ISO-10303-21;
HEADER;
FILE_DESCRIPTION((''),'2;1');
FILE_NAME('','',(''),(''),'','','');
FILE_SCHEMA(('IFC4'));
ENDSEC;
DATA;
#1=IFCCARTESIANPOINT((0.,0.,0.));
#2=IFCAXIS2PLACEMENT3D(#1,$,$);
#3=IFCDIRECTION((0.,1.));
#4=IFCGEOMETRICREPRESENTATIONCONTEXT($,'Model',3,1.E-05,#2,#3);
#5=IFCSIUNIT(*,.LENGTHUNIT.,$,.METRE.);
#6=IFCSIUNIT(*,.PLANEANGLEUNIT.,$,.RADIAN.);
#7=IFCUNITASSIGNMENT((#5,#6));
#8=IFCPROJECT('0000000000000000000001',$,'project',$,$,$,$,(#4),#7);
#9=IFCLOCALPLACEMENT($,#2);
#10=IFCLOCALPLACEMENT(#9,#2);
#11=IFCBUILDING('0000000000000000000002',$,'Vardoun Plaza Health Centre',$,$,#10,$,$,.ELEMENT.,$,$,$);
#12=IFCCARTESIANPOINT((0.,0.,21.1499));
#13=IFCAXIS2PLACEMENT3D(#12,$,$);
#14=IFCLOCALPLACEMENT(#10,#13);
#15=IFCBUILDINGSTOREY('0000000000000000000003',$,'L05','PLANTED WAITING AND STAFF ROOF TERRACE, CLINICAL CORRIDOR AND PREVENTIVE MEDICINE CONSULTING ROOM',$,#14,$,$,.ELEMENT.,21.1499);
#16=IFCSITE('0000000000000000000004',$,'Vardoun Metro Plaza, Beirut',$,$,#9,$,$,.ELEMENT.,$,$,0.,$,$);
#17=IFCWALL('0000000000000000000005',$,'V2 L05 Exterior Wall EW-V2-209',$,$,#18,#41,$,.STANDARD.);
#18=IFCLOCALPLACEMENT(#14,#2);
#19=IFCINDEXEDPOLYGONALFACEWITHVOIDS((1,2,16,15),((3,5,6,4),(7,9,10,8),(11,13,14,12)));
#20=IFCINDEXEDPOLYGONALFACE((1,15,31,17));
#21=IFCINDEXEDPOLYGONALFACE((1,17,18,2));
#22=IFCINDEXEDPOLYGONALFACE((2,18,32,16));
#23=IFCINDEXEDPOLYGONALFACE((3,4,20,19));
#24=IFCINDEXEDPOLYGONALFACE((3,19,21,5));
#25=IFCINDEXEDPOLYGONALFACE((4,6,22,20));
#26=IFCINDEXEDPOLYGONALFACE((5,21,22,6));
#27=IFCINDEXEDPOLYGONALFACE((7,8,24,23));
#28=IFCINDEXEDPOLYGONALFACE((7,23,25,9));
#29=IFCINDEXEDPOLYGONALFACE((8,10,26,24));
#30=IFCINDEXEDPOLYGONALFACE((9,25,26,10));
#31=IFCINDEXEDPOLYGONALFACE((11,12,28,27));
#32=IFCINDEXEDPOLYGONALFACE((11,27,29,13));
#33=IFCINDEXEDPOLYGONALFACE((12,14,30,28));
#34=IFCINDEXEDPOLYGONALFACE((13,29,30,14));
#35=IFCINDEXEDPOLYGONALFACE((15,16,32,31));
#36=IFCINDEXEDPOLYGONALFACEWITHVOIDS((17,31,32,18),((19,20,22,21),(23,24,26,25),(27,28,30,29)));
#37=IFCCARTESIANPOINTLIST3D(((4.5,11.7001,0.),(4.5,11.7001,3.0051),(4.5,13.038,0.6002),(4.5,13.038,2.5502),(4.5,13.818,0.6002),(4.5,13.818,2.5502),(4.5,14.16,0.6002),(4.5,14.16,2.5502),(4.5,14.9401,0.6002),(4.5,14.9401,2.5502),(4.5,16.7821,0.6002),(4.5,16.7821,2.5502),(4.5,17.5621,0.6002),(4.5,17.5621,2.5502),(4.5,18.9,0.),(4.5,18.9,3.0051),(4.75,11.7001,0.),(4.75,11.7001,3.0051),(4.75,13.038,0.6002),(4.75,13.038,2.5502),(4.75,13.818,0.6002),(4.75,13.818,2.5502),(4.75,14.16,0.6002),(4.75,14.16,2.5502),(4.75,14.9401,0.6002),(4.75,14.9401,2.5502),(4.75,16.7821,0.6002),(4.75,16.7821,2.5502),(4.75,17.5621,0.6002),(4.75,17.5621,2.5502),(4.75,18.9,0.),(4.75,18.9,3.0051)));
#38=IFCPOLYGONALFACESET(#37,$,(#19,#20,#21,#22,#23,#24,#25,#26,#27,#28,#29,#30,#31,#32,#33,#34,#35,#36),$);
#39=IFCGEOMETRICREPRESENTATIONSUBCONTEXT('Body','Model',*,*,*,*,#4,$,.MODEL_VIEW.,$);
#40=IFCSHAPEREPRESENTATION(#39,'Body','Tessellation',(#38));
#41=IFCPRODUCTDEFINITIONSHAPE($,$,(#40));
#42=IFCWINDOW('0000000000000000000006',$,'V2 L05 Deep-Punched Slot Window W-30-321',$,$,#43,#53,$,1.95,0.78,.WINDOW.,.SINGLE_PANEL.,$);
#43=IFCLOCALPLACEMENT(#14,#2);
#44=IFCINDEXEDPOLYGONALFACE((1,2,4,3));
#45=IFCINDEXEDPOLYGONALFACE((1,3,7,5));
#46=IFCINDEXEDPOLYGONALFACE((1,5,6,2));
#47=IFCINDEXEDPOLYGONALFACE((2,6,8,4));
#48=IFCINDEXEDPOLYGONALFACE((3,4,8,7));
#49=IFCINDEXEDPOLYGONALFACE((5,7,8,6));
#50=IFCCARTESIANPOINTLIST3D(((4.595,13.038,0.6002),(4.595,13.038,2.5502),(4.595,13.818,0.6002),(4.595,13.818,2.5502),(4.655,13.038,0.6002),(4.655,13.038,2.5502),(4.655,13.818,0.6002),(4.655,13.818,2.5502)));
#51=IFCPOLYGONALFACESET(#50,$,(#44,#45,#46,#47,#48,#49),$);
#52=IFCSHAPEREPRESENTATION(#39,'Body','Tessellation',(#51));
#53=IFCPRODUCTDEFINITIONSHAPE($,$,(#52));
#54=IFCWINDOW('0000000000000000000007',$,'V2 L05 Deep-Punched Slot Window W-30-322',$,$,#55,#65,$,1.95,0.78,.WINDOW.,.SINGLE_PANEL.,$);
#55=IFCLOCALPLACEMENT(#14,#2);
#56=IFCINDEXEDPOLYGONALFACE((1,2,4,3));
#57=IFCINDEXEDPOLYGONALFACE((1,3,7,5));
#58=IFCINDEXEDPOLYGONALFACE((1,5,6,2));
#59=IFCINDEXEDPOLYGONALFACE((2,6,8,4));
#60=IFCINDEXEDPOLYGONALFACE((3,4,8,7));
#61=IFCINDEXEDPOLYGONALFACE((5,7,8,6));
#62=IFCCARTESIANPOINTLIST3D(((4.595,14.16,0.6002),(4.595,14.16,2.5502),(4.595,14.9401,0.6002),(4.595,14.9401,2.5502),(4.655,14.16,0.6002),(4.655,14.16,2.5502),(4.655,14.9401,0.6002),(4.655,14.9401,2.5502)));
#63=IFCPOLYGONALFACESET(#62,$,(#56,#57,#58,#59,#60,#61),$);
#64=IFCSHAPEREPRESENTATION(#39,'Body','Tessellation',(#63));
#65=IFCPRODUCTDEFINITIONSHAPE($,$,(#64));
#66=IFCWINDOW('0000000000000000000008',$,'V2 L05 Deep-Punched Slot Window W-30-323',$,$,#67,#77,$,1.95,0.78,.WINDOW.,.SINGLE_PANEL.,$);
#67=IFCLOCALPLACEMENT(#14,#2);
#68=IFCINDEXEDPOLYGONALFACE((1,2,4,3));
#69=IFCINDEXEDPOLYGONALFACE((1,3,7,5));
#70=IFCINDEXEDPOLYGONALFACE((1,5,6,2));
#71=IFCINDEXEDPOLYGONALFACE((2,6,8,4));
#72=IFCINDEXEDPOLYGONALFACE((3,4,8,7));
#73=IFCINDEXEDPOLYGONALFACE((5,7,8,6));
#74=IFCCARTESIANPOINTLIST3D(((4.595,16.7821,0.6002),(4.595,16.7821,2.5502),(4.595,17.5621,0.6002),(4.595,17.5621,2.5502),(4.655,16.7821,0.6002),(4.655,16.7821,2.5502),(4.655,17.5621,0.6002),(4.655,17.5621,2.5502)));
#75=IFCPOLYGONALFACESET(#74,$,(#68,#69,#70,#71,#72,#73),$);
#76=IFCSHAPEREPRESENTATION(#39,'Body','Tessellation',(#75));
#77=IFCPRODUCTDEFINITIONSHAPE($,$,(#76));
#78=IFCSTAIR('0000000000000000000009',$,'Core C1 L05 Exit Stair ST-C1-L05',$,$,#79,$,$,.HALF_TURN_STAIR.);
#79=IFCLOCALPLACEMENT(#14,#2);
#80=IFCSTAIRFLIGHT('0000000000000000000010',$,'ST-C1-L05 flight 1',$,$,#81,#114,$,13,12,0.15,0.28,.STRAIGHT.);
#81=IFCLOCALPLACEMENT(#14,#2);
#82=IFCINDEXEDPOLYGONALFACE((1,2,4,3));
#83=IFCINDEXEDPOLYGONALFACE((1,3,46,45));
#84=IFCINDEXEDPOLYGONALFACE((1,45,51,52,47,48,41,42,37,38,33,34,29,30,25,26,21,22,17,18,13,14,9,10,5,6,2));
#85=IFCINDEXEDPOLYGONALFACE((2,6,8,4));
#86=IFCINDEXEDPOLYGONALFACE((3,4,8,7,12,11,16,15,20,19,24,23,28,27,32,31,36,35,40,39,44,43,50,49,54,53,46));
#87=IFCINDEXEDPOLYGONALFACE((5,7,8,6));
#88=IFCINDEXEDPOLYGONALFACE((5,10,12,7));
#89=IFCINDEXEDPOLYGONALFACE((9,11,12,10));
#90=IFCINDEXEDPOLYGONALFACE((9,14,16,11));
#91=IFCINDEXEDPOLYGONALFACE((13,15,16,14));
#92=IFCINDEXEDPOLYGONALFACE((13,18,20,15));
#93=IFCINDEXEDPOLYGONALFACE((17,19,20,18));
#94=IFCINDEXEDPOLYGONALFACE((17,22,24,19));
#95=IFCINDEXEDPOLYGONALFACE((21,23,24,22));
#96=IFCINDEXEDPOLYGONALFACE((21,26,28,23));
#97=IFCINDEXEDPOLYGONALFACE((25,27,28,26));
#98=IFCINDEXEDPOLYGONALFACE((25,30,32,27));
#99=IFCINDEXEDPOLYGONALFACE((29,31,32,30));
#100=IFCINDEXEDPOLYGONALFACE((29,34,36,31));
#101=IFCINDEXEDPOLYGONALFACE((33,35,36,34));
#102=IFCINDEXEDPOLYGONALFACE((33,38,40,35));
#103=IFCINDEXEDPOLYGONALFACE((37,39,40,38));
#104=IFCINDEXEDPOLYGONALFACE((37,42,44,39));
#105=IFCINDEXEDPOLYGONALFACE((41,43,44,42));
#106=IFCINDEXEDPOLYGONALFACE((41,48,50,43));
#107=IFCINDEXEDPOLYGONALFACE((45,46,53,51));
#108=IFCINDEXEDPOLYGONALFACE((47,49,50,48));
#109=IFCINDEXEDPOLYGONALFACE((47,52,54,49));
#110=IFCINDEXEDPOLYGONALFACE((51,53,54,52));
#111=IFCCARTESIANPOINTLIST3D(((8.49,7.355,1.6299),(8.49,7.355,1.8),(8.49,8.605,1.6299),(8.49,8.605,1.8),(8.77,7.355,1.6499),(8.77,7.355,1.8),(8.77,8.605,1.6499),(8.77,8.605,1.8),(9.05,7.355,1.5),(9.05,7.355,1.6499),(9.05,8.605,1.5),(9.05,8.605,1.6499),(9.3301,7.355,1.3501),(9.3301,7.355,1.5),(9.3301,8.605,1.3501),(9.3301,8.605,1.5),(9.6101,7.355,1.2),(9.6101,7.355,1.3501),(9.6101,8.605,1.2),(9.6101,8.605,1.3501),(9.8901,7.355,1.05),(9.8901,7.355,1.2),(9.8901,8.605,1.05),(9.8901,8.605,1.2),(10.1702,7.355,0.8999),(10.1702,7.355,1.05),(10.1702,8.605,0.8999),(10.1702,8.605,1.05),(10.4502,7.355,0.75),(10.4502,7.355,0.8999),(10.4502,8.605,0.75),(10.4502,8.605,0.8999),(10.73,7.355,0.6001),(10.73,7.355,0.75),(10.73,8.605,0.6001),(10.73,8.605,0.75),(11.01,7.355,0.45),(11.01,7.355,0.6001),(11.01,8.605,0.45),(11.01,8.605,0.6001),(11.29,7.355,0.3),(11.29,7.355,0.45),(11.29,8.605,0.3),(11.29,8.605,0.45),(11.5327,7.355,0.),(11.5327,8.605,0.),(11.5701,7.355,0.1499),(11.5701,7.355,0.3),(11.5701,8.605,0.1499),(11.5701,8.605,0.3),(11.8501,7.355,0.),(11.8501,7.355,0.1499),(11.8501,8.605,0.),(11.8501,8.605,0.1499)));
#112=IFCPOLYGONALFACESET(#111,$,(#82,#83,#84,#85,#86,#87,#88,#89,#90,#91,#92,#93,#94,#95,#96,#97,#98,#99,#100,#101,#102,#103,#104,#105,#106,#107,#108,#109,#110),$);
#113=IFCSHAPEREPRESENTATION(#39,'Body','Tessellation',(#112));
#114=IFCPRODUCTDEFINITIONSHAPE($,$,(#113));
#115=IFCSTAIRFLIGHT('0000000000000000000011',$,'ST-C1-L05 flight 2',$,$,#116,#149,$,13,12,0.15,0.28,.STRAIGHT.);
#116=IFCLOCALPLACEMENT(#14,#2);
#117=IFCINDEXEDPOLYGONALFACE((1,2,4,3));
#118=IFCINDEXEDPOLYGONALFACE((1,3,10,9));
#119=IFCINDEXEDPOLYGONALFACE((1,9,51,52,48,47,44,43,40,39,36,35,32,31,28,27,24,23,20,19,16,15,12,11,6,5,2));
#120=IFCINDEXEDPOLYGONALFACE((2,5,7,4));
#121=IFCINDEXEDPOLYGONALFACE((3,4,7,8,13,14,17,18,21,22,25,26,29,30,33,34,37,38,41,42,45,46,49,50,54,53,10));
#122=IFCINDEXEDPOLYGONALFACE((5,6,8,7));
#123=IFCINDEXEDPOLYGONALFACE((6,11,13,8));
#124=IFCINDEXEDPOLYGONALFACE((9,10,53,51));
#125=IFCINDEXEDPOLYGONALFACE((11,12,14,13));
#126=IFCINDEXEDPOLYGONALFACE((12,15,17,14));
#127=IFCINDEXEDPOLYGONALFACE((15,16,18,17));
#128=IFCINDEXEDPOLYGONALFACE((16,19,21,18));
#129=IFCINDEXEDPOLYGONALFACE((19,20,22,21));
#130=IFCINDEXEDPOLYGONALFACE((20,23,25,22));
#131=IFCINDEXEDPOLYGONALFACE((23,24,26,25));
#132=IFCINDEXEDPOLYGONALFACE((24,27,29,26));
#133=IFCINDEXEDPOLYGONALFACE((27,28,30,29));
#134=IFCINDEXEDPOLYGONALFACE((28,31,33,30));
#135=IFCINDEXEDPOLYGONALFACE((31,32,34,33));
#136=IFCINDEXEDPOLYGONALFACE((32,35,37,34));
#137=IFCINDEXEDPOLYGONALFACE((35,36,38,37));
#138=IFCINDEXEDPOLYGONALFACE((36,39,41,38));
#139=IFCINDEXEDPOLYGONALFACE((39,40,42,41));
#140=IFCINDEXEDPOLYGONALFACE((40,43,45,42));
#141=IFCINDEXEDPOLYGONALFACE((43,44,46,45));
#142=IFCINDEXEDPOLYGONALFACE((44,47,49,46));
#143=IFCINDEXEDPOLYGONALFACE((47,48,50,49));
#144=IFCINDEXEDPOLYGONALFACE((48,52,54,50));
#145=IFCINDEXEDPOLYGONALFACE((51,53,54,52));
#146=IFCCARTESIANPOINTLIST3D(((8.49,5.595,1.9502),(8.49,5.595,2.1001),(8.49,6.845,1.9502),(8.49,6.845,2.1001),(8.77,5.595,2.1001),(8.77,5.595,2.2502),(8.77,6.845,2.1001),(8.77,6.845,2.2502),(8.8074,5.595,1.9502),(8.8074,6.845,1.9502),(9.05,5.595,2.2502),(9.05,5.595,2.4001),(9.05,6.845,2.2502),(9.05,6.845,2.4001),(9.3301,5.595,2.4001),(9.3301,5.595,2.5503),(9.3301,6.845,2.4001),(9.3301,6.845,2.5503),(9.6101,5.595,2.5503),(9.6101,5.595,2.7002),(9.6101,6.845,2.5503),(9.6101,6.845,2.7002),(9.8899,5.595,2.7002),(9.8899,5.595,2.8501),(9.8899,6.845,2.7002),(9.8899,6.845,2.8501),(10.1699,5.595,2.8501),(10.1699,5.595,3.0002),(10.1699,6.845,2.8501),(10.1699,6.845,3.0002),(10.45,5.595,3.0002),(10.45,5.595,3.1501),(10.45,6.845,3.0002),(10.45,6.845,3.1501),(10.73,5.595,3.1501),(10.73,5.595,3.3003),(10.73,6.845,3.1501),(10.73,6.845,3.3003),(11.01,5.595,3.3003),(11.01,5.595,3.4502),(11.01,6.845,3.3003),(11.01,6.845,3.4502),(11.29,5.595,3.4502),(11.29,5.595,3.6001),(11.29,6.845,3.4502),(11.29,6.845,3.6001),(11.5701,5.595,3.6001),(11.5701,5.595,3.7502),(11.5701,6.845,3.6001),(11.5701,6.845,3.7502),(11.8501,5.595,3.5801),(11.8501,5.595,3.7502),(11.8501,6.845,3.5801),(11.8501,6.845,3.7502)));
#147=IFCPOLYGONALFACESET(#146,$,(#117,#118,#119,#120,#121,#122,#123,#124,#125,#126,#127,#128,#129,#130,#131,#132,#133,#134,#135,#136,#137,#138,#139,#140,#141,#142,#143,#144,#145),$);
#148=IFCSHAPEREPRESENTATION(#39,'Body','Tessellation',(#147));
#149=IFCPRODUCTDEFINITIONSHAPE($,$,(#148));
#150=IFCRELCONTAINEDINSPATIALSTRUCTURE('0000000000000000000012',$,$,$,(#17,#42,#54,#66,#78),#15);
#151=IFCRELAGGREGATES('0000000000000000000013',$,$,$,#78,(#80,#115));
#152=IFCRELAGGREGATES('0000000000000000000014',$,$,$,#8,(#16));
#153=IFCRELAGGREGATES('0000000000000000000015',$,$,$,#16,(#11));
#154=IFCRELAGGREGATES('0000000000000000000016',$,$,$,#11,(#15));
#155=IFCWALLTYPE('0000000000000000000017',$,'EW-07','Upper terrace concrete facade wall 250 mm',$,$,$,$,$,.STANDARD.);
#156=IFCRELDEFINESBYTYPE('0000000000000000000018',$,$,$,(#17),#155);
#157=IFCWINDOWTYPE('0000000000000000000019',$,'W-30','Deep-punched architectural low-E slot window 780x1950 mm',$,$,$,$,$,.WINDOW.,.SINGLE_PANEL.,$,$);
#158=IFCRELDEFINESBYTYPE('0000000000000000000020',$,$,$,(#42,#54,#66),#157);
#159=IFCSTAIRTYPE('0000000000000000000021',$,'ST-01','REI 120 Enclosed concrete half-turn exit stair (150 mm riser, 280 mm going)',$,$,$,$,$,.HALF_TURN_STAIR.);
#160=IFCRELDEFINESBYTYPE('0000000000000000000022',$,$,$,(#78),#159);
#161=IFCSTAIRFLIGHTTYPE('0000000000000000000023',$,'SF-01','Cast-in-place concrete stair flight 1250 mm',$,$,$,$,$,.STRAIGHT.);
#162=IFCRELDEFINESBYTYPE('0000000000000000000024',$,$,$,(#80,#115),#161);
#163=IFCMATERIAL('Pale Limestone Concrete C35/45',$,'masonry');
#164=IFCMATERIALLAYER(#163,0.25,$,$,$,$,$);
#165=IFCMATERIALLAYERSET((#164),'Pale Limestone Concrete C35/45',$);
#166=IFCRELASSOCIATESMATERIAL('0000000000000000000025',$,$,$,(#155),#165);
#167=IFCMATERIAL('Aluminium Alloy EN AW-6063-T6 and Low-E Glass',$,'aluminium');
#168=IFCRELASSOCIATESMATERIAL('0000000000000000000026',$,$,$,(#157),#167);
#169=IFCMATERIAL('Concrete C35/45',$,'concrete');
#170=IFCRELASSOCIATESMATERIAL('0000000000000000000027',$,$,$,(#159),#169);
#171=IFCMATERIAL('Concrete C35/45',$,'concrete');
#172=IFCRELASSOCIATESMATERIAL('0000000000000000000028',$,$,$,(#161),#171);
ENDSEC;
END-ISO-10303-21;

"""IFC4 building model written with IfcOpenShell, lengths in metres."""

from ifc_helpers import new_model, si_unit, direction, frame, frame_2d, origin, place, context, subcontext, project, spatial, polyline, rectangle, outline, extrude, material, layer, layer_set, type_object, element, fill, aggregate, save


model = new_model("IFC4")

# Units and contexts
model_context = context("Model", 3, precision=1e-05, world=origin(), true_north=direction((0.0, 1.0)))
body_context = subcontext(model_context, "Body", "Model", "MODEL_VIEW")
ifc_project = project(units=[si_unit("LENGTHUNIT", "METRE"), si_unit("PLANEANGLEUNIT", "RADIAN")], contexts=[model_context])

# Site, building, storey
site_placement = place(None, origin())
site = spatial("IfcSite", under=ifc_project, at=site_placement, Name="Vardoun Metro Plaza, Beirut", CompositionType="ELEMENT", RefElevation=0.0)
building_placement = place(site_placement, origin())
building = spatial("IfcBuilding", under=site, at=building_placement, Name="Vardoun Plaza Health Centre", CompositionType="ELEMENT")
storey_placement = place(building_placement, frame((0.0, 0.0, 21.1499)))
storey = spatial("IfcBuildingStorey", under=building, at=storey_placement, Name="L05", Description="PLANTED WAITING AND STAFF ROOF TERRACE, CLINICAL CORRIDOR AND PREVENTIVE MEDICINE CONSULTING ROOM", CompositionType="ELEMENT", Elevation=21.1499)

# Wall, openings, windows
ifc_material_1 = material(Name="Pale Limestone Concrete C35/45", Category="masonry")
ifc_layer_1 = layer(ifc_material_1, 0.25)
ifc_layer_set_1 = layer_set([ifc_layer_1], Name="Pale Limestone Concrete C35/45")
wall_type_1 = type_object("IfcWallType", Name="EW-07", Description="Upper terrace concrete facade wall 250 mm", PredefinedType="STANDARD", material=ifc_layer_set_1)
wall_1_placement = place(storey_placement, frame((4.625, 11.7, 0.0), z_axis=(0.0, 0.0, 1.0), x_axis=(0.0, 1.0, 0.0)))
wall_1 = element("IfcWall", 1, at=wall_1_placement, inside=storey, type_object=wall_type_1, Name="V2 L05 Exterior Wall EW-V2-209", PredefinedType="STANDARD", context=body_context, shape_type="SweptSolid", body=[
    extrude(rectangle(XDim=7.2, YDim=0.25, at=frame_2d((3.6001, 0.0))), origin(), (0.0, 0.0, 1.0), 3.0051),
])
opening_1_placement = place(wall_1_placement, frame((1.3379, 0.0, 0.6001)))
opening_1 = element("IfcOpeningElement", 2, at=opening_1_placement, cuts=wall_1, PredefinedType="OPENING", context=body_context, shape_type="SweptSolid", body=[
    extrude(rectangle(XDim=0.78, YDim=1.95, at=frame_2d((0.3901, 0.9751))), frame((0.0, 0.125, 0.0), z_axis=(0.0, -1.0, 0.0), x_axis=(1.0, 0.0, 0.0)), (0.0, 0.0, 1.0), 0.25),
])
opening_2_placement = place(wall_1_placement, frame((2.46, 0.0, 0.6001)))
opening_2 = element("IfcOpeningElement", 3, at=opening_2_placement, cuts=wall_1, PredefinedType="OPENING", context=body_context, shape_type="SweptSolid", body=[
    extrude(rectangle(XDim=0.78, YDim=1.95, at=frame_2d((0.3901, 0.9751))), frame((0.0, 0.125, 0.0), z_axis=(0.0, -1.0, 0.0), x_axis=(1.0, 0.0, 0.0)), (0.0, 0.0, 1.0), 0.25),
])
opening_3_placement = place(wall_1_placement, frame((5.082, 0.0, 0.6001)))
opening_3 = element("IfcOpeningElement", 4, at=opening_3_placement, cuts=wall_1, PredefinedType="OPENING", context=body_context, shape_type="SweptSolid", body=[
    extrude(rectangle(XDim=0.78, YDim=1.95, at=frame_2d((0.3901, 0.9751))), frame((0.0, 0.125, 0.0), z_axis=(0.0, -1.0, 0.0), x_axis=(1.0, 0.0, 0.0)), (0.0, 0.0, 1.0), 0.25),
])
ifc_material_2 = material(Name="Aluminium Alloy EN AW-6063-T6 and Low-E Glass", Category="aluminium")
window_type = type_object("IfcWindowType", Name="W-30", Description="Deep-punched architectural low-E slot window 780x1950 mm", PartitioningType="SINGLE_PANEL", PredefinedType="WINDOW", material=ifc_material_2)
window_1_placement = place(opening_1_placement, origin())
window_1 = element("IfcWindow", 5, at=window_1_placement, inside=storey, type_object=window_type, Name="V2 L05 Deep-Punched Slot Window W-30-321", OverallHeight=1.95, OverallWidth=0.78, PartitioningType="SINGLE_PANEL", PredefinedType="WINDOW", context=body_context, shape_type="SweptSolid", body=[
    extrude(rectangle(XDim=0.78, YDim=1.95, at=frame_2d((0.3901, 0.9751))), frame((0.0, 0.03, 0.0), z_axis=(0.0, -1.0, 0.0), x_axis=(1.0, 0.0, 0.0)), (0.0, 0.0, 1.0), 0.0601),
])
fill(opening_1, window_1)
window_2_placement = place(opening_2_placement, origin())
window_2 = element("IfcWindow", 6, at=window_2_placement, inside=storey, type_object=window_type, Name="V2 L05 Deep-Punched Slot Window W-30-322", OverallHeight=1.95, OverallWidth=0.78, PartitioningType="SINGLE_PANEL", PredefinedType="WINDOW", context=body_context, shape_type="SweptSolid", body=[
    extrude(rectangle(XDim=0.78, YDim=1.95, at=frame_2d((0.3901, 0.9751))), frame((0.0, 0.03, 0.0), z_axis=(0.0, -1.0, 0.0), x_axis=(1.0, 0.0, 0.0)), (0.0, 0.0, 1.0), 0.0601),
])
fill(opening_2, window_2)
window_3_placement = place(opening_3_placement, origin())
window_3 = element("IfcWindow", 7, at=window_3_placement, inside=storey, type_object=window_type, Name="V2 L05 Deep-Punched Slot Window W-30-323", OverallHeight=1.95, OverallWidth=0.78, PartitioningType="SINGLE_PANEL", PredefinedType="WINDOW", context=body_context, shape_type="SweptSolid", body=[
    extrude(rectangle(XDim=0.78, YDim=1.95, at=frame_2d((0.3901, 0.9751))), frame((0.0, 0.03, 0.0), z_axis=(0.0, -1.0, 0.0), x_axis=(1.0, 0.0, 0.0)), (0.0, 0.0, 1.0), 0.0601),
])
fill(opening_3, window_3)

# Stair, stair flights
ifc_material_3 = material(Name="Concrete C35/45", Category="concrete")
stair_type = type_object("IfcStairType", Name="ST-01", Description="REI 120 Enclosed concrete half-turn exit stair (150 mm riser, 280 mm going)", PredefinedType="HALF_TURN_STAIR", material=ifc_material_3)
stair_placement = place(storey_placement, origin())
stair = element("IfcStair", 8, at=stair_placement, inside=storey, type_object=stair_type, Name="Core C1 L05 Exit Stair ST-C1-L05", PredefinedType="HALF_TURN_STAIR")
ifc_material_4 = material(Name="Concrete C35/45", Category="concrete")
stair_flight_type = type_object("IfcStairFlightType", Name="SF-01", Description="Cast-in-place concrete stair flight 1250 mm", PredefinedType="STRAIGHT", material=ifc_material_4)
stair_flight_1_placement = place(storey_placement, frame((11.8501, 7.98, 0.0), z_axis=(0.0, 0.0, 1.0), x_axis=(-1.0, 0.0, 0.0)))
stair_flight_1 = element("IfcStairFlight", 9, at=stair_flight_1_placement, type_object=stair_flight_type, Name="ST-C1-L05 flight 1", NumberOfRisers=13, NumberOfTreads=12, PredefinedType="STRAIGHT", RiserHeight=0.15, TreadLength=0.28, context=body_context, shape_type="SweptSolid", body=[
    extrude(outline(polyline([(0.0, 0.0), (0.0, 0.1499), (0.28, 0.1499), (0.28, 0.3), (0.5601, 0.3), (0.5601, 0.45), (0.8401, 0.45), (0.8401, 0.6001), (1.1201, 0.6001), (1.1201, 0.75), (1.3999, 0.75), (1.3999, 0.8999), (1.6799, 0.8999), (1.6799, 1.05), (1.96, 1.05), (1.96, 1.2), (2.24, 1.2), (2.24, 1.3501), (2.52, 1.3501), (2.52, 1.5), (2.8, 1.5), (2.8, 1.6499), (3.0801, 1.6499), (3.0801, 1.8), (3.3601, 1.8), (3.3601, 1.95), (3.3601, 1.6299), (0.3174, 0.0), (0.0, 0.0)])), frame((0.0, 0.625, 0.0), z_axis=(0.0, -1.0, 0.0), x_axis=(1.0, 0.0, 0.0)), (0.0, 0.0, 1.0), 1.25),
])
stair_flight_2_placement = place(storey_placement, frame((8.49, 6.22, 1.9502), z_axis=(0.0, 0.0, 1.0), x_axis=(1.0, 0.0, 0.0)))
stair_flight_2 = element("IfcStairFlight", 10, at=stair_flight_2_placement, type_object=stair_flight_type, Name="ST-C1-L05 flight 2", NumberOfRisers=13, NumberOfTreads=12, PredefinedType="STRAIGHT", RiserHeight=0.15, TreadLength=0.28, context=body_context, shape_type="SweptSolid", body=[
    extrude(outline(polyline([(0.0, 0.0), (0.0, 0.1499), (0.28, 0.1499), (0.28, 0.3), (0.5601, 0.3), (0.5601, 0.45), (0.8401, 0.45), (0.8401, 0.6001), (1.1201, 0.6001), (1.1201, 0.75), (1.3999, 0.75), (1.3999, 0.8999), (1.6799, 0.8999), (1.6799, 1.05), (1.96, 1.05), (1.96, 1.2), (2.24, 1.2), (2.24, 1.3501), (2.52, 1.3501), (2.52, 1.5), (2.8, 1.5), (2.8, 1.6499), (3.0801, 1.6499), (3.0801, 1.8), (3.3601, 1.8), (3.3601, 1.95), (3.3601, 1.6299), (0.3174, 0.0), (0.0, 0.0)])), frame((0.0, 0.625, 0.0), z_axis=(0.0, -1.0, 0.0), x_axis=(1.0, 0.0, 0.0)), (0.0, 0.0, 1.0), 1.25),
])
aggregate(stair, [stair_flight_1, stair_flight_2])

save(model, "model.ifc")
